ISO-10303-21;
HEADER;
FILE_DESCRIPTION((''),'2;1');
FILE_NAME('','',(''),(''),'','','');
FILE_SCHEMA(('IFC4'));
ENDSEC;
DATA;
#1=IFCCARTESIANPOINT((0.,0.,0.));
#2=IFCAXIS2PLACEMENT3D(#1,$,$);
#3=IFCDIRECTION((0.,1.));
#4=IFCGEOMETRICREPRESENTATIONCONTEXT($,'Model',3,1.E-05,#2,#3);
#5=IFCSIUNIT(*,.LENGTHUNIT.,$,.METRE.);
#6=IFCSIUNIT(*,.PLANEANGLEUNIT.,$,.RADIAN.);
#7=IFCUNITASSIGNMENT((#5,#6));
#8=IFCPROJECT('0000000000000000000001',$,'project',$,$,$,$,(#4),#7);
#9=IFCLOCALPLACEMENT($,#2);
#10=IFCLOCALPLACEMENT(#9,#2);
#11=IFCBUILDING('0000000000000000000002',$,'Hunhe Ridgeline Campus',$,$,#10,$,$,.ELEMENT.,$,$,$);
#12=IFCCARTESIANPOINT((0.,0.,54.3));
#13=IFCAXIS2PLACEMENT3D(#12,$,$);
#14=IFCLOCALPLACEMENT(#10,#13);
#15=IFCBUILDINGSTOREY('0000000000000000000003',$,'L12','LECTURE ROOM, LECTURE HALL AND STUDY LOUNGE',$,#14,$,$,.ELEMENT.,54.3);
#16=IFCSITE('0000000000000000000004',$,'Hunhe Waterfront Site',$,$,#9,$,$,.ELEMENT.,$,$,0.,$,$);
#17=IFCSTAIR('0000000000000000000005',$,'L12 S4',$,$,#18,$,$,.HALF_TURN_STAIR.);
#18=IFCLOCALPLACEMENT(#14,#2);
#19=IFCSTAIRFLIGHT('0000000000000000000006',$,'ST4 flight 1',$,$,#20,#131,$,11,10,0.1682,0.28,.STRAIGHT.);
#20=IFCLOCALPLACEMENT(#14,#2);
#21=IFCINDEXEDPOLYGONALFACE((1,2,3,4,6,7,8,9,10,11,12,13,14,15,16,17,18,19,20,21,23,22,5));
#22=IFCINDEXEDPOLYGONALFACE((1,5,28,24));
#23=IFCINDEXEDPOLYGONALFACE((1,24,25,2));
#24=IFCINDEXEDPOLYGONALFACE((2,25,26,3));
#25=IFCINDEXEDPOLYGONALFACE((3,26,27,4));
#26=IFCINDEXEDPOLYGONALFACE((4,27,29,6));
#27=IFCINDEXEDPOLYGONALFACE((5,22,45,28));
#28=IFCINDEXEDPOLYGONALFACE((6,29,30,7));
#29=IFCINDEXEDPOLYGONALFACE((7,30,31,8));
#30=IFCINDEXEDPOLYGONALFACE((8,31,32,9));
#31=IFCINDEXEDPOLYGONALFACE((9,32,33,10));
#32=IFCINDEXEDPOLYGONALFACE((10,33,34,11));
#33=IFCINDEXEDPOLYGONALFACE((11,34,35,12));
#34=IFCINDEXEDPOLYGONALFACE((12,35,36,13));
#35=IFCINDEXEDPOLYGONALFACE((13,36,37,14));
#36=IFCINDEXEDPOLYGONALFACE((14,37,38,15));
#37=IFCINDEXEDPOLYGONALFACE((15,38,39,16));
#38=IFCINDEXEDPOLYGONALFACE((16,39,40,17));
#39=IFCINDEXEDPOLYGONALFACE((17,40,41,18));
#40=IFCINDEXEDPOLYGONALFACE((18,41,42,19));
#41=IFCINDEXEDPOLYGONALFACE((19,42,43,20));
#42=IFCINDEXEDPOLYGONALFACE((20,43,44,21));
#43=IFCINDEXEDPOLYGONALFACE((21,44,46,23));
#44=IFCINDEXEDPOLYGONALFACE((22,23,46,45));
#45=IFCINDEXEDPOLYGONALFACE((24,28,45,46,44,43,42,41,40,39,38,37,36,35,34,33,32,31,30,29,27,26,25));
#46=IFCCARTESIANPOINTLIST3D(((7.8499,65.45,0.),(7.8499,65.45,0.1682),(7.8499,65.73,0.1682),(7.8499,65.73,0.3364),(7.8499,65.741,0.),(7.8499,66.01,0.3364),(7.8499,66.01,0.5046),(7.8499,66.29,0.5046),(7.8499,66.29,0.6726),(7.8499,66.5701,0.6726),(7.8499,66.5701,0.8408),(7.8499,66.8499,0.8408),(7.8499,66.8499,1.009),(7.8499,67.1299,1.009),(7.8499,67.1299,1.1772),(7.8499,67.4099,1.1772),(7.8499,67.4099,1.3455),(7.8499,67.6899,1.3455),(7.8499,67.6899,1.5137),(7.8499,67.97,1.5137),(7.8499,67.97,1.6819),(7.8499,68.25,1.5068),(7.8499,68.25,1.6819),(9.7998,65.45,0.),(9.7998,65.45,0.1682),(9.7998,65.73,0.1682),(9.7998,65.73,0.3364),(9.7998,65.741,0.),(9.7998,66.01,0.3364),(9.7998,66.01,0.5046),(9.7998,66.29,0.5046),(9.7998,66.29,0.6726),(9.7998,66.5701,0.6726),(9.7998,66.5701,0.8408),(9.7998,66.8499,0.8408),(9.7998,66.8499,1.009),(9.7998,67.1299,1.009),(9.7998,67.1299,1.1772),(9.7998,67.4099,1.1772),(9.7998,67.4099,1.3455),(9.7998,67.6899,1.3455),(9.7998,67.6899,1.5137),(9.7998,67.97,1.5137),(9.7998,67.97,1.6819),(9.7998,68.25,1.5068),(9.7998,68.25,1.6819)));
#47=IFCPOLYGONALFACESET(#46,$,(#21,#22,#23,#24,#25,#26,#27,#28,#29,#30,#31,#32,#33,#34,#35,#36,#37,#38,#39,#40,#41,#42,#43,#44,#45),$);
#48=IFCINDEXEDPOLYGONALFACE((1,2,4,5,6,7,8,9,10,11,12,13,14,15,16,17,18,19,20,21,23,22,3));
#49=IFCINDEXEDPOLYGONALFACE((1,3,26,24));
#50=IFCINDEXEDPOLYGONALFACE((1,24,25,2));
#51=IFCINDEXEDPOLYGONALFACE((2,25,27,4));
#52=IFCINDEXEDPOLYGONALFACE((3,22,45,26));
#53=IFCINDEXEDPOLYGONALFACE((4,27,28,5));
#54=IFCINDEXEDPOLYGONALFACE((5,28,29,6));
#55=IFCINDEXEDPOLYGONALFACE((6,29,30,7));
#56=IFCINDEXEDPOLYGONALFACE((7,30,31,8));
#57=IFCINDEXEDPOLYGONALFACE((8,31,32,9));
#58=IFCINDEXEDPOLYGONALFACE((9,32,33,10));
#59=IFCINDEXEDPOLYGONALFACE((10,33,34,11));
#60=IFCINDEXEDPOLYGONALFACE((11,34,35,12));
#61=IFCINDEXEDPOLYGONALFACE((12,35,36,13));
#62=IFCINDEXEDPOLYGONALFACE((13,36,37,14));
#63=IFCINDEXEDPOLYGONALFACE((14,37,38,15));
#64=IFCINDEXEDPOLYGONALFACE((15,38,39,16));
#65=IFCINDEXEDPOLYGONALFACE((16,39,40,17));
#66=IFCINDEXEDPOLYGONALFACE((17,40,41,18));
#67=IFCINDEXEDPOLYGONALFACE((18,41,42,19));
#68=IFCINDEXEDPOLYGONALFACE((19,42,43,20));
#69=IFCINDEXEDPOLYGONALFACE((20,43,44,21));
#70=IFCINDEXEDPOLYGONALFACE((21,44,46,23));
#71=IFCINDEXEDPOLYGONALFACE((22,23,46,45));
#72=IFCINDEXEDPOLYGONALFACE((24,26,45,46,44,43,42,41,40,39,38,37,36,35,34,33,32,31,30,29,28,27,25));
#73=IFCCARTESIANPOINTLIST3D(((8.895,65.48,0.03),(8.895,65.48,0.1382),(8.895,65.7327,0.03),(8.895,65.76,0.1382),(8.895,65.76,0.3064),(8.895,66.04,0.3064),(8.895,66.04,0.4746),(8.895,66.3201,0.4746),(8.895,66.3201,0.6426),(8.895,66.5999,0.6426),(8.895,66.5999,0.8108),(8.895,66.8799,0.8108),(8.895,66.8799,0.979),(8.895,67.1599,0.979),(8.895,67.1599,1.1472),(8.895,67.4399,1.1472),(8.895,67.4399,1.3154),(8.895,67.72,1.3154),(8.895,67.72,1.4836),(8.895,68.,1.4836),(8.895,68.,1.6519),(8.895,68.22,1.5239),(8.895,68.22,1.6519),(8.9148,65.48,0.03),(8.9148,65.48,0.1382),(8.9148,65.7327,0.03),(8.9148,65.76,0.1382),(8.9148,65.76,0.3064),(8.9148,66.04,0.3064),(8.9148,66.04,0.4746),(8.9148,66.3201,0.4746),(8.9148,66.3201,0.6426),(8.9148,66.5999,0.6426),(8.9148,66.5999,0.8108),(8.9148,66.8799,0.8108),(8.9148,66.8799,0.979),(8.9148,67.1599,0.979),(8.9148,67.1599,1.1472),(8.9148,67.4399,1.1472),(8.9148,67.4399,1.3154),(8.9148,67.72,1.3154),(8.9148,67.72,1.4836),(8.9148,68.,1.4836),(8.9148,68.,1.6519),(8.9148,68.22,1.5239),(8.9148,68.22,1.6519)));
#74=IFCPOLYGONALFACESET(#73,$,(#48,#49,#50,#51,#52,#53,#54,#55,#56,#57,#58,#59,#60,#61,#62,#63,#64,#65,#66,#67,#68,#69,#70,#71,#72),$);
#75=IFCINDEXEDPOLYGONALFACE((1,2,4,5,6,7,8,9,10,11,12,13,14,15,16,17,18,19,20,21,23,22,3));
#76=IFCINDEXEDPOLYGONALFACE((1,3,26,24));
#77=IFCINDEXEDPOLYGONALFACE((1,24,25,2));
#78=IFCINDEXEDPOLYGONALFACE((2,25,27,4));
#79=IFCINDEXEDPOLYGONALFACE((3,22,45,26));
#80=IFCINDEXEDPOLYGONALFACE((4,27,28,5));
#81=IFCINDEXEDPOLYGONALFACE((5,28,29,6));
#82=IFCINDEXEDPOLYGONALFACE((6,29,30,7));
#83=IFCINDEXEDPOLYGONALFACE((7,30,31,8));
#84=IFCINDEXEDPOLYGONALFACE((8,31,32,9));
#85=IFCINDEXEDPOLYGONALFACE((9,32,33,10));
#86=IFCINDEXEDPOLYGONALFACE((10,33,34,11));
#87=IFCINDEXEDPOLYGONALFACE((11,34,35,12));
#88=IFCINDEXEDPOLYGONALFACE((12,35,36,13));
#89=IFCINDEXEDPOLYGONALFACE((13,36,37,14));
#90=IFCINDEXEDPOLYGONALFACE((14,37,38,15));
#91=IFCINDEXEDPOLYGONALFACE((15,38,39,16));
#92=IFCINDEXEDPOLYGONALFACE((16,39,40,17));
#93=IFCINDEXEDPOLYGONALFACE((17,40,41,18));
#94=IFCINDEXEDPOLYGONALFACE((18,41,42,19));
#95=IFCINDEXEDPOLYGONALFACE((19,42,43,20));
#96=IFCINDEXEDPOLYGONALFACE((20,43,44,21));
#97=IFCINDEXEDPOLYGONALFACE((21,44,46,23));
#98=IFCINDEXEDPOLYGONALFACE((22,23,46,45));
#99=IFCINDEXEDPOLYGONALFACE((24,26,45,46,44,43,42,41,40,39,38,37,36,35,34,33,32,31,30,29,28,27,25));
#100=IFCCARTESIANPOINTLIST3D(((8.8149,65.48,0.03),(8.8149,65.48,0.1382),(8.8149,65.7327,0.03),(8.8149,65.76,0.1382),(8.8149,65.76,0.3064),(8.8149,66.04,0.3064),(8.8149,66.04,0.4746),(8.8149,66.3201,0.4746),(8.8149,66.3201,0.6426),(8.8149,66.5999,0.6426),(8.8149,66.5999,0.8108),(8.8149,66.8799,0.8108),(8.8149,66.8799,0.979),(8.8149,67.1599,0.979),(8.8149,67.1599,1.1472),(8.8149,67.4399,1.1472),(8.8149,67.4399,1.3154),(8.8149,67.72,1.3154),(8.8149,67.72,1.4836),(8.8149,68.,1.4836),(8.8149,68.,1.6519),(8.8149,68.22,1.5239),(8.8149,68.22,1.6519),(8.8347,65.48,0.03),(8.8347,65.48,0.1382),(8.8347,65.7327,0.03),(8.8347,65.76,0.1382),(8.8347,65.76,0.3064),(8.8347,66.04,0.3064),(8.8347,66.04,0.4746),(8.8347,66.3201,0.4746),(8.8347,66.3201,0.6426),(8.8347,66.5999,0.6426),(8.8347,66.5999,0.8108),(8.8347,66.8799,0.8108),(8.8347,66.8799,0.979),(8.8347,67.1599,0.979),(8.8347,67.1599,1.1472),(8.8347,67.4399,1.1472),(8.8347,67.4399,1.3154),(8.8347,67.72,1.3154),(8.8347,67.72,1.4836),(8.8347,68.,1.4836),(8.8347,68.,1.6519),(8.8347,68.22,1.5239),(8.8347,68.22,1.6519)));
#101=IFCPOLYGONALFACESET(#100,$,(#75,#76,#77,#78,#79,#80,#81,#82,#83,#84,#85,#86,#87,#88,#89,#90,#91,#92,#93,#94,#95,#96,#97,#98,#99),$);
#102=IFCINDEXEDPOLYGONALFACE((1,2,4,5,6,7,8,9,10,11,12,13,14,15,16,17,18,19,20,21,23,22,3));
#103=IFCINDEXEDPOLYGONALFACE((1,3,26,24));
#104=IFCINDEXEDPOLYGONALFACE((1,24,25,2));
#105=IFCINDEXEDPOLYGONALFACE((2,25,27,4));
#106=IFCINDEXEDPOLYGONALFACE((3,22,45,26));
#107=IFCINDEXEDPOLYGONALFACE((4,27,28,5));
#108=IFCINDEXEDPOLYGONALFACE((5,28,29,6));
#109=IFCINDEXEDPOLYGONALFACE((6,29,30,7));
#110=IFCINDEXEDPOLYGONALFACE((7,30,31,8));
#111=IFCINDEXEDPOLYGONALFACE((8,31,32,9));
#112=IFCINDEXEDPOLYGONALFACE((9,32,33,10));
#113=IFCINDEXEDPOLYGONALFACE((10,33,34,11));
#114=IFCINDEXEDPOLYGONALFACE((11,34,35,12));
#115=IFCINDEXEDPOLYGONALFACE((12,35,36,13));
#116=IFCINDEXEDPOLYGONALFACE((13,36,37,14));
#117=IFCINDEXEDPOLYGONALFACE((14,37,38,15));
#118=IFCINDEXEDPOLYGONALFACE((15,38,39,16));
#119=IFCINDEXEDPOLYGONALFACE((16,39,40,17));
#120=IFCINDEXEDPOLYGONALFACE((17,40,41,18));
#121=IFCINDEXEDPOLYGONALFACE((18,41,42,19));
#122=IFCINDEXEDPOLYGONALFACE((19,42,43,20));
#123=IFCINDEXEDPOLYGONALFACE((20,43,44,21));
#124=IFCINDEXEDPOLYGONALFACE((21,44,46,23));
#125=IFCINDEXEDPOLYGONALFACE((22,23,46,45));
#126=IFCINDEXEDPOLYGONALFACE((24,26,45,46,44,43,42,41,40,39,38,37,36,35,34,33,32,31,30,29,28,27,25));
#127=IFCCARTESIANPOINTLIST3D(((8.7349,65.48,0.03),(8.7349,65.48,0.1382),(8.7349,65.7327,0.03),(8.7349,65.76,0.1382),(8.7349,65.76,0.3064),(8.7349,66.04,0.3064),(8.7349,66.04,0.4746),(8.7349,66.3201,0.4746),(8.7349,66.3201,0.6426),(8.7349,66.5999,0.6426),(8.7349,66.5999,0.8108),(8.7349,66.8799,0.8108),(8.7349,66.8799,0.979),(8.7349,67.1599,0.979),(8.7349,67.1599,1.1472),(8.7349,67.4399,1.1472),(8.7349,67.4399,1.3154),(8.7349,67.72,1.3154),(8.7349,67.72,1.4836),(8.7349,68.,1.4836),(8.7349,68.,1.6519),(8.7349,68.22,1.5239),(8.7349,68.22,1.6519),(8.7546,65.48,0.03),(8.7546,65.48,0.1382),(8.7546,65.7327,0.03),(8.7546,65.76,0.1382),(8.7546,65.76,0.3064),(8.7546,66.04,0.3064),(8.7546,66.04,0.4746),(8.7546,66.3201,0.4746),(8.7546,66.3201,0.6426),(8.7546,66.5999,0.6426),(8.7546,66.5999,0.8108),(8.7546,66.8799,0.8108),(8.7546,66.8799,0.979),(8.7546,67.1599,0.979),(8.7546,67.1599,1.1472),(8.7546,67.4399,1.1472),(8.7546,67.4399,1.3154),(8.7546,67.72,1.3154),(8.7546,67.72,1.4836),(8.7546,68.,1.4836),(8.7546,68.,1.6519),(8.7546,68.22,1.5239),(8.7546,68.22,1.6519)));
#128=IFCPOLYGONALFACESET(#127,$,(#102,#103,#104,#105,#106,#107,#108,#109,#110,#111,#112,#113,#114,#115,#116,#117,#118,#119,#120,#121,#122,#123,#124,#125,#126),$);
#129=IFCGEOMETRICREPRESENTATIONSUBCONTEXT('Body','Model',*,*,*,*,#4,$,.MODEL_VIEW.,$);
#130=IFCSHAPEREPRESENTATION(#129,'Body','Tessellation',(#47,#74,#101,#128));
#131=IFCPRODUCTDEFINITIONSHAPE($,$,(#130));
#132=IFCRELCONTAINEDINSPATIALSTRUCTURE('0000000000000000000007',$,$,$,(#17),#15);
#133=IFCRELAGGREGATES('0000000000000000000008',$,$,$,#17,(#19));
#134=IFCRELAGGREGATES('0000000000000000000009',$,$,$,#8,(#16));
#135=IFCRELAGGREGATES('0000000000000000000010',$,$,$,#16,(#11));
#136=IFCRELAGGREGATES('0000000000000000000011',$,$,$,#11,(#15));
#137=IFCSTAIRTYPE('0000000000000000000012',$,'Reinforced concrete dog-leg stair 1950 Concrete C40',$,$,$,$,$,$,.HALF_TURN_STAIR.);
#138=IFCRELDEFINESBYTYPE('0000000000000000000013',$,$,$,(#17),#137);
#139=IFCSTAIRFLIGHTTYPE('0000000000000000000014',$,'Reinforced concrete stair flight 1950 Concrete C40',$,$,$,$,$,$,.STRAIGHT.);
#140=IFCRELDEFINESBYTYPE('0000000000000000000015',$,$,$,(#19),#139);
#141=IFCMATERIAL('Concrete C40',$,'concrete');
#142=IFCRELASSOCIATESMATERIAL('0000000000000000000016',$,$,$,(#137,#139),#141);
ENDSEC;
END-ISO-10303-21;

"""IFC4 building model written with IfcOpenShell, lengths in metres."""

from ifc_helpers import new_model, si_unit, direction, frame, origin, place, context, subcontext, project, spatial, polyline, outline, extrude, material, type_object, element, aggregate, save


model = new_model("IFC4")

# Units and contexts
model_context = context("Model", 3, precision=1e-05, world=origin(), true_north=direction((0.0, 1.0)))
body_context = subcontext(model_context, "Body", "Model", "MODEL_VIEW")
ifc_project = project(units=[si_unit("LENGTHUNIT", "METRE"), si_unit("PLANEANGLEUNIT", "RADIAN")], contexts=[model_context])

# Site, building, storey
site_placement = place(None, origin())
site = spatial("IfcSite", under=ifc_project, at=site_placement, Name="Hunhe Waterfront Site", CompositionType="ELEMENT", RefElevation=0.0)
building_placement = place(site_placement, origin())
building = spatial("IfcBuilding", under=site, at=building_placement, Name="Hunhe Ridgeline Campus", CompositionType="ELEMENT")
storey_placement = place(building_placement, frame((0.0, 0.0, 54.3)))
storey = spatial("IfcBuildingStorey", under=building, at=storey_placement, Name="L12", Description="LECTURE ROOM, LECTURE HALL AND STUDY LOUNGE", CompositionType="ELEMENT", Elevation=54.3)

# Shared definitions
ifc_material_1 = material(Name="Concrete C40", Category="concrete")
stair_type = type_object("IfcStairType", Name="Reinforced concrete dog-leg stair 1950 Concrete C40", PredefinedType="HALF_TURN_STAIR", material=ifc_material_1)
stair_flight_type = type_object("IfcStairFlightType", Name="Reinforced concrete stair flight 1950 Concrete C40", PredefinedType="STRAIGHT", material=ifc_material_1)

# Stair, stair flight
stair_1_placement = place(storey_placement, origin())
stair_1 = element("IfcStair", 1, at=stair_1_placement, inside=storey, type_object=stair_type, Name="L12 S4", PredefinedType="HALF_TURN_STAIR")
stair_flight_1_placement = place(storey_placement, frame((8.825, 65.45, 0.0), z_axis=(0.0, 0.0, 1.0), x_axis=(0.0, 1.0, 0.0)))
stair_flight_1 = element("IfcStairFlight", 2, at=stair_flight_1_placement, type_object=stair_flight_type, Name="ST4 flight 1", NumberOfRisers=11, NumberOfTreads=10, PredefinedType="STRAIGHT", RiserHeight=0.1682, TreadLength=0.28, context=body_context, shape_type="SweptSolid", body=[
    extrude(outline(polyline([(0.0, 0.0), (0.0, 0.1682), (0.28, 0.1682), (0.28, 0.3364), (0.5601, 0.3364), (0.5601, 0.5046), (0.8401, 0.5046), (0.8401, 0.6726), (1.1201, 0.6726), (1.1201, 0.8408), (1.3999, 0.8408), (1.3999, 1.009), (1.6799, 1.009), (1.6799, 1.1772), (1.96, 1.1772), (1.96, 1.3455), (2.24, 1.3455), (2.24, 1.5137), (2.52, 1.5137), (2.52, 1.6819), (2.8, 1.6819), (2.8, 1.8501), (2.8, 1.5068), (0.291, 0.0), (0.0, 0.0)])), frame((0.0, 0.9751, 0.0), z_axis=(0.0, -1.0, 0.0), x_axis=(1.0, 0.0, 0.0)), (0.0, 0.0, 1.0), 1.95),
    extrude(outline(polyline([(0.03, 0.03), (0.03, 0.1382), (0.3101, 0.1382), (0.3101, 0.3064), (0.5901, 0.3064), (0.5901, 0.4746), (0.8701, 0.4746), (0.8701, 0.6426), (1.1499, 0.6426), (1.1499, 0.8108), (1.4299, 0.8108), (1.4299, 0.979), (1.71, 0.979), (1.71, 1.1472), (1.99, 1.1472), (1.99, 1.3154), (2.27, 1.3154), (2.27, 1.4836), (2.55, 1.4836), (2.55, 1.6519), (2.77, 1.6519), (2.77, 1.5239), (0.2827, 0.03), (0.03, 0.03)])), frame((0.0, -0.0701, 0.0), z_axis=(0.0, -1.0, 0.0), x_axis=(1.0, 0.0, 0.0)), (0.0, 0.0, 1.0), 0.0198),
    extrude(outline(polyline([(0.03, 0.03), (0.03, 0.1382), (0.3101, 0.1382), (0.3101, 0.3064), (0.5901, 0.3064), (0.5901, 0.4746), (0.8701, 0.4746), (0.8701, 0.6426), (1.1499, 0.6426), (1.1499, 0.8108), (1.4299, 0.8108), (1.4299, 0.979), (1.71, 0.979), (1.71, 1.1472), (1.99, 1.1472), (1.99, 1.3154), (2.27, 1.3154), (2.27, 1.4836), (2.55, 1.4836), (2.55, 1.6519), (2.77, 1.6519), (2.77, 1.5239), (0.2827, 0.03), (0.03, 0.03)])), frame((0.0, 0.01, 0.0), z_axis=(0.0, -1.0, 0.0), x_axis=(1.0, 0.0, 0.0)), (0.0, 0.0, 1.0), 0.0198),
    extrude(outline(polyline([(0.03, 0.03), (0.03, 0.1382), (0.3101, 0.1382), (0.3101, 0.3064), (0.5901, 0.3064), (0.5901, 0.4746), (0.8701, 0.4746), (0.8701, 0.6426), (1.1499, 0.6426), (1.1499, 0.8108), (1.4299, 0.8108), (1.4299, 0.979), (1.71, 0.979), (1.71, 1.1472), (1.99, 1.1472), (1.99, 1.3154), (2.27, 1.3154), (2.27, 1.4836), (2.55, 1.4836), (2.55, 1.6519), (2.77, 1.6519), (2.77, 1.5239), (0.2827, 0.03), (0.03, 0.03)])), frame((0.0, 0.0901, 0.0), z_axis=(0.0, -1.0, 0.0), x_axis=(1.0, 0.0, 0.0)), (0.0, 0.0, 1.0), 0.0198),
])
aggregate(stair_1, [stair_flight_1])

save(model, "model.ifc")
